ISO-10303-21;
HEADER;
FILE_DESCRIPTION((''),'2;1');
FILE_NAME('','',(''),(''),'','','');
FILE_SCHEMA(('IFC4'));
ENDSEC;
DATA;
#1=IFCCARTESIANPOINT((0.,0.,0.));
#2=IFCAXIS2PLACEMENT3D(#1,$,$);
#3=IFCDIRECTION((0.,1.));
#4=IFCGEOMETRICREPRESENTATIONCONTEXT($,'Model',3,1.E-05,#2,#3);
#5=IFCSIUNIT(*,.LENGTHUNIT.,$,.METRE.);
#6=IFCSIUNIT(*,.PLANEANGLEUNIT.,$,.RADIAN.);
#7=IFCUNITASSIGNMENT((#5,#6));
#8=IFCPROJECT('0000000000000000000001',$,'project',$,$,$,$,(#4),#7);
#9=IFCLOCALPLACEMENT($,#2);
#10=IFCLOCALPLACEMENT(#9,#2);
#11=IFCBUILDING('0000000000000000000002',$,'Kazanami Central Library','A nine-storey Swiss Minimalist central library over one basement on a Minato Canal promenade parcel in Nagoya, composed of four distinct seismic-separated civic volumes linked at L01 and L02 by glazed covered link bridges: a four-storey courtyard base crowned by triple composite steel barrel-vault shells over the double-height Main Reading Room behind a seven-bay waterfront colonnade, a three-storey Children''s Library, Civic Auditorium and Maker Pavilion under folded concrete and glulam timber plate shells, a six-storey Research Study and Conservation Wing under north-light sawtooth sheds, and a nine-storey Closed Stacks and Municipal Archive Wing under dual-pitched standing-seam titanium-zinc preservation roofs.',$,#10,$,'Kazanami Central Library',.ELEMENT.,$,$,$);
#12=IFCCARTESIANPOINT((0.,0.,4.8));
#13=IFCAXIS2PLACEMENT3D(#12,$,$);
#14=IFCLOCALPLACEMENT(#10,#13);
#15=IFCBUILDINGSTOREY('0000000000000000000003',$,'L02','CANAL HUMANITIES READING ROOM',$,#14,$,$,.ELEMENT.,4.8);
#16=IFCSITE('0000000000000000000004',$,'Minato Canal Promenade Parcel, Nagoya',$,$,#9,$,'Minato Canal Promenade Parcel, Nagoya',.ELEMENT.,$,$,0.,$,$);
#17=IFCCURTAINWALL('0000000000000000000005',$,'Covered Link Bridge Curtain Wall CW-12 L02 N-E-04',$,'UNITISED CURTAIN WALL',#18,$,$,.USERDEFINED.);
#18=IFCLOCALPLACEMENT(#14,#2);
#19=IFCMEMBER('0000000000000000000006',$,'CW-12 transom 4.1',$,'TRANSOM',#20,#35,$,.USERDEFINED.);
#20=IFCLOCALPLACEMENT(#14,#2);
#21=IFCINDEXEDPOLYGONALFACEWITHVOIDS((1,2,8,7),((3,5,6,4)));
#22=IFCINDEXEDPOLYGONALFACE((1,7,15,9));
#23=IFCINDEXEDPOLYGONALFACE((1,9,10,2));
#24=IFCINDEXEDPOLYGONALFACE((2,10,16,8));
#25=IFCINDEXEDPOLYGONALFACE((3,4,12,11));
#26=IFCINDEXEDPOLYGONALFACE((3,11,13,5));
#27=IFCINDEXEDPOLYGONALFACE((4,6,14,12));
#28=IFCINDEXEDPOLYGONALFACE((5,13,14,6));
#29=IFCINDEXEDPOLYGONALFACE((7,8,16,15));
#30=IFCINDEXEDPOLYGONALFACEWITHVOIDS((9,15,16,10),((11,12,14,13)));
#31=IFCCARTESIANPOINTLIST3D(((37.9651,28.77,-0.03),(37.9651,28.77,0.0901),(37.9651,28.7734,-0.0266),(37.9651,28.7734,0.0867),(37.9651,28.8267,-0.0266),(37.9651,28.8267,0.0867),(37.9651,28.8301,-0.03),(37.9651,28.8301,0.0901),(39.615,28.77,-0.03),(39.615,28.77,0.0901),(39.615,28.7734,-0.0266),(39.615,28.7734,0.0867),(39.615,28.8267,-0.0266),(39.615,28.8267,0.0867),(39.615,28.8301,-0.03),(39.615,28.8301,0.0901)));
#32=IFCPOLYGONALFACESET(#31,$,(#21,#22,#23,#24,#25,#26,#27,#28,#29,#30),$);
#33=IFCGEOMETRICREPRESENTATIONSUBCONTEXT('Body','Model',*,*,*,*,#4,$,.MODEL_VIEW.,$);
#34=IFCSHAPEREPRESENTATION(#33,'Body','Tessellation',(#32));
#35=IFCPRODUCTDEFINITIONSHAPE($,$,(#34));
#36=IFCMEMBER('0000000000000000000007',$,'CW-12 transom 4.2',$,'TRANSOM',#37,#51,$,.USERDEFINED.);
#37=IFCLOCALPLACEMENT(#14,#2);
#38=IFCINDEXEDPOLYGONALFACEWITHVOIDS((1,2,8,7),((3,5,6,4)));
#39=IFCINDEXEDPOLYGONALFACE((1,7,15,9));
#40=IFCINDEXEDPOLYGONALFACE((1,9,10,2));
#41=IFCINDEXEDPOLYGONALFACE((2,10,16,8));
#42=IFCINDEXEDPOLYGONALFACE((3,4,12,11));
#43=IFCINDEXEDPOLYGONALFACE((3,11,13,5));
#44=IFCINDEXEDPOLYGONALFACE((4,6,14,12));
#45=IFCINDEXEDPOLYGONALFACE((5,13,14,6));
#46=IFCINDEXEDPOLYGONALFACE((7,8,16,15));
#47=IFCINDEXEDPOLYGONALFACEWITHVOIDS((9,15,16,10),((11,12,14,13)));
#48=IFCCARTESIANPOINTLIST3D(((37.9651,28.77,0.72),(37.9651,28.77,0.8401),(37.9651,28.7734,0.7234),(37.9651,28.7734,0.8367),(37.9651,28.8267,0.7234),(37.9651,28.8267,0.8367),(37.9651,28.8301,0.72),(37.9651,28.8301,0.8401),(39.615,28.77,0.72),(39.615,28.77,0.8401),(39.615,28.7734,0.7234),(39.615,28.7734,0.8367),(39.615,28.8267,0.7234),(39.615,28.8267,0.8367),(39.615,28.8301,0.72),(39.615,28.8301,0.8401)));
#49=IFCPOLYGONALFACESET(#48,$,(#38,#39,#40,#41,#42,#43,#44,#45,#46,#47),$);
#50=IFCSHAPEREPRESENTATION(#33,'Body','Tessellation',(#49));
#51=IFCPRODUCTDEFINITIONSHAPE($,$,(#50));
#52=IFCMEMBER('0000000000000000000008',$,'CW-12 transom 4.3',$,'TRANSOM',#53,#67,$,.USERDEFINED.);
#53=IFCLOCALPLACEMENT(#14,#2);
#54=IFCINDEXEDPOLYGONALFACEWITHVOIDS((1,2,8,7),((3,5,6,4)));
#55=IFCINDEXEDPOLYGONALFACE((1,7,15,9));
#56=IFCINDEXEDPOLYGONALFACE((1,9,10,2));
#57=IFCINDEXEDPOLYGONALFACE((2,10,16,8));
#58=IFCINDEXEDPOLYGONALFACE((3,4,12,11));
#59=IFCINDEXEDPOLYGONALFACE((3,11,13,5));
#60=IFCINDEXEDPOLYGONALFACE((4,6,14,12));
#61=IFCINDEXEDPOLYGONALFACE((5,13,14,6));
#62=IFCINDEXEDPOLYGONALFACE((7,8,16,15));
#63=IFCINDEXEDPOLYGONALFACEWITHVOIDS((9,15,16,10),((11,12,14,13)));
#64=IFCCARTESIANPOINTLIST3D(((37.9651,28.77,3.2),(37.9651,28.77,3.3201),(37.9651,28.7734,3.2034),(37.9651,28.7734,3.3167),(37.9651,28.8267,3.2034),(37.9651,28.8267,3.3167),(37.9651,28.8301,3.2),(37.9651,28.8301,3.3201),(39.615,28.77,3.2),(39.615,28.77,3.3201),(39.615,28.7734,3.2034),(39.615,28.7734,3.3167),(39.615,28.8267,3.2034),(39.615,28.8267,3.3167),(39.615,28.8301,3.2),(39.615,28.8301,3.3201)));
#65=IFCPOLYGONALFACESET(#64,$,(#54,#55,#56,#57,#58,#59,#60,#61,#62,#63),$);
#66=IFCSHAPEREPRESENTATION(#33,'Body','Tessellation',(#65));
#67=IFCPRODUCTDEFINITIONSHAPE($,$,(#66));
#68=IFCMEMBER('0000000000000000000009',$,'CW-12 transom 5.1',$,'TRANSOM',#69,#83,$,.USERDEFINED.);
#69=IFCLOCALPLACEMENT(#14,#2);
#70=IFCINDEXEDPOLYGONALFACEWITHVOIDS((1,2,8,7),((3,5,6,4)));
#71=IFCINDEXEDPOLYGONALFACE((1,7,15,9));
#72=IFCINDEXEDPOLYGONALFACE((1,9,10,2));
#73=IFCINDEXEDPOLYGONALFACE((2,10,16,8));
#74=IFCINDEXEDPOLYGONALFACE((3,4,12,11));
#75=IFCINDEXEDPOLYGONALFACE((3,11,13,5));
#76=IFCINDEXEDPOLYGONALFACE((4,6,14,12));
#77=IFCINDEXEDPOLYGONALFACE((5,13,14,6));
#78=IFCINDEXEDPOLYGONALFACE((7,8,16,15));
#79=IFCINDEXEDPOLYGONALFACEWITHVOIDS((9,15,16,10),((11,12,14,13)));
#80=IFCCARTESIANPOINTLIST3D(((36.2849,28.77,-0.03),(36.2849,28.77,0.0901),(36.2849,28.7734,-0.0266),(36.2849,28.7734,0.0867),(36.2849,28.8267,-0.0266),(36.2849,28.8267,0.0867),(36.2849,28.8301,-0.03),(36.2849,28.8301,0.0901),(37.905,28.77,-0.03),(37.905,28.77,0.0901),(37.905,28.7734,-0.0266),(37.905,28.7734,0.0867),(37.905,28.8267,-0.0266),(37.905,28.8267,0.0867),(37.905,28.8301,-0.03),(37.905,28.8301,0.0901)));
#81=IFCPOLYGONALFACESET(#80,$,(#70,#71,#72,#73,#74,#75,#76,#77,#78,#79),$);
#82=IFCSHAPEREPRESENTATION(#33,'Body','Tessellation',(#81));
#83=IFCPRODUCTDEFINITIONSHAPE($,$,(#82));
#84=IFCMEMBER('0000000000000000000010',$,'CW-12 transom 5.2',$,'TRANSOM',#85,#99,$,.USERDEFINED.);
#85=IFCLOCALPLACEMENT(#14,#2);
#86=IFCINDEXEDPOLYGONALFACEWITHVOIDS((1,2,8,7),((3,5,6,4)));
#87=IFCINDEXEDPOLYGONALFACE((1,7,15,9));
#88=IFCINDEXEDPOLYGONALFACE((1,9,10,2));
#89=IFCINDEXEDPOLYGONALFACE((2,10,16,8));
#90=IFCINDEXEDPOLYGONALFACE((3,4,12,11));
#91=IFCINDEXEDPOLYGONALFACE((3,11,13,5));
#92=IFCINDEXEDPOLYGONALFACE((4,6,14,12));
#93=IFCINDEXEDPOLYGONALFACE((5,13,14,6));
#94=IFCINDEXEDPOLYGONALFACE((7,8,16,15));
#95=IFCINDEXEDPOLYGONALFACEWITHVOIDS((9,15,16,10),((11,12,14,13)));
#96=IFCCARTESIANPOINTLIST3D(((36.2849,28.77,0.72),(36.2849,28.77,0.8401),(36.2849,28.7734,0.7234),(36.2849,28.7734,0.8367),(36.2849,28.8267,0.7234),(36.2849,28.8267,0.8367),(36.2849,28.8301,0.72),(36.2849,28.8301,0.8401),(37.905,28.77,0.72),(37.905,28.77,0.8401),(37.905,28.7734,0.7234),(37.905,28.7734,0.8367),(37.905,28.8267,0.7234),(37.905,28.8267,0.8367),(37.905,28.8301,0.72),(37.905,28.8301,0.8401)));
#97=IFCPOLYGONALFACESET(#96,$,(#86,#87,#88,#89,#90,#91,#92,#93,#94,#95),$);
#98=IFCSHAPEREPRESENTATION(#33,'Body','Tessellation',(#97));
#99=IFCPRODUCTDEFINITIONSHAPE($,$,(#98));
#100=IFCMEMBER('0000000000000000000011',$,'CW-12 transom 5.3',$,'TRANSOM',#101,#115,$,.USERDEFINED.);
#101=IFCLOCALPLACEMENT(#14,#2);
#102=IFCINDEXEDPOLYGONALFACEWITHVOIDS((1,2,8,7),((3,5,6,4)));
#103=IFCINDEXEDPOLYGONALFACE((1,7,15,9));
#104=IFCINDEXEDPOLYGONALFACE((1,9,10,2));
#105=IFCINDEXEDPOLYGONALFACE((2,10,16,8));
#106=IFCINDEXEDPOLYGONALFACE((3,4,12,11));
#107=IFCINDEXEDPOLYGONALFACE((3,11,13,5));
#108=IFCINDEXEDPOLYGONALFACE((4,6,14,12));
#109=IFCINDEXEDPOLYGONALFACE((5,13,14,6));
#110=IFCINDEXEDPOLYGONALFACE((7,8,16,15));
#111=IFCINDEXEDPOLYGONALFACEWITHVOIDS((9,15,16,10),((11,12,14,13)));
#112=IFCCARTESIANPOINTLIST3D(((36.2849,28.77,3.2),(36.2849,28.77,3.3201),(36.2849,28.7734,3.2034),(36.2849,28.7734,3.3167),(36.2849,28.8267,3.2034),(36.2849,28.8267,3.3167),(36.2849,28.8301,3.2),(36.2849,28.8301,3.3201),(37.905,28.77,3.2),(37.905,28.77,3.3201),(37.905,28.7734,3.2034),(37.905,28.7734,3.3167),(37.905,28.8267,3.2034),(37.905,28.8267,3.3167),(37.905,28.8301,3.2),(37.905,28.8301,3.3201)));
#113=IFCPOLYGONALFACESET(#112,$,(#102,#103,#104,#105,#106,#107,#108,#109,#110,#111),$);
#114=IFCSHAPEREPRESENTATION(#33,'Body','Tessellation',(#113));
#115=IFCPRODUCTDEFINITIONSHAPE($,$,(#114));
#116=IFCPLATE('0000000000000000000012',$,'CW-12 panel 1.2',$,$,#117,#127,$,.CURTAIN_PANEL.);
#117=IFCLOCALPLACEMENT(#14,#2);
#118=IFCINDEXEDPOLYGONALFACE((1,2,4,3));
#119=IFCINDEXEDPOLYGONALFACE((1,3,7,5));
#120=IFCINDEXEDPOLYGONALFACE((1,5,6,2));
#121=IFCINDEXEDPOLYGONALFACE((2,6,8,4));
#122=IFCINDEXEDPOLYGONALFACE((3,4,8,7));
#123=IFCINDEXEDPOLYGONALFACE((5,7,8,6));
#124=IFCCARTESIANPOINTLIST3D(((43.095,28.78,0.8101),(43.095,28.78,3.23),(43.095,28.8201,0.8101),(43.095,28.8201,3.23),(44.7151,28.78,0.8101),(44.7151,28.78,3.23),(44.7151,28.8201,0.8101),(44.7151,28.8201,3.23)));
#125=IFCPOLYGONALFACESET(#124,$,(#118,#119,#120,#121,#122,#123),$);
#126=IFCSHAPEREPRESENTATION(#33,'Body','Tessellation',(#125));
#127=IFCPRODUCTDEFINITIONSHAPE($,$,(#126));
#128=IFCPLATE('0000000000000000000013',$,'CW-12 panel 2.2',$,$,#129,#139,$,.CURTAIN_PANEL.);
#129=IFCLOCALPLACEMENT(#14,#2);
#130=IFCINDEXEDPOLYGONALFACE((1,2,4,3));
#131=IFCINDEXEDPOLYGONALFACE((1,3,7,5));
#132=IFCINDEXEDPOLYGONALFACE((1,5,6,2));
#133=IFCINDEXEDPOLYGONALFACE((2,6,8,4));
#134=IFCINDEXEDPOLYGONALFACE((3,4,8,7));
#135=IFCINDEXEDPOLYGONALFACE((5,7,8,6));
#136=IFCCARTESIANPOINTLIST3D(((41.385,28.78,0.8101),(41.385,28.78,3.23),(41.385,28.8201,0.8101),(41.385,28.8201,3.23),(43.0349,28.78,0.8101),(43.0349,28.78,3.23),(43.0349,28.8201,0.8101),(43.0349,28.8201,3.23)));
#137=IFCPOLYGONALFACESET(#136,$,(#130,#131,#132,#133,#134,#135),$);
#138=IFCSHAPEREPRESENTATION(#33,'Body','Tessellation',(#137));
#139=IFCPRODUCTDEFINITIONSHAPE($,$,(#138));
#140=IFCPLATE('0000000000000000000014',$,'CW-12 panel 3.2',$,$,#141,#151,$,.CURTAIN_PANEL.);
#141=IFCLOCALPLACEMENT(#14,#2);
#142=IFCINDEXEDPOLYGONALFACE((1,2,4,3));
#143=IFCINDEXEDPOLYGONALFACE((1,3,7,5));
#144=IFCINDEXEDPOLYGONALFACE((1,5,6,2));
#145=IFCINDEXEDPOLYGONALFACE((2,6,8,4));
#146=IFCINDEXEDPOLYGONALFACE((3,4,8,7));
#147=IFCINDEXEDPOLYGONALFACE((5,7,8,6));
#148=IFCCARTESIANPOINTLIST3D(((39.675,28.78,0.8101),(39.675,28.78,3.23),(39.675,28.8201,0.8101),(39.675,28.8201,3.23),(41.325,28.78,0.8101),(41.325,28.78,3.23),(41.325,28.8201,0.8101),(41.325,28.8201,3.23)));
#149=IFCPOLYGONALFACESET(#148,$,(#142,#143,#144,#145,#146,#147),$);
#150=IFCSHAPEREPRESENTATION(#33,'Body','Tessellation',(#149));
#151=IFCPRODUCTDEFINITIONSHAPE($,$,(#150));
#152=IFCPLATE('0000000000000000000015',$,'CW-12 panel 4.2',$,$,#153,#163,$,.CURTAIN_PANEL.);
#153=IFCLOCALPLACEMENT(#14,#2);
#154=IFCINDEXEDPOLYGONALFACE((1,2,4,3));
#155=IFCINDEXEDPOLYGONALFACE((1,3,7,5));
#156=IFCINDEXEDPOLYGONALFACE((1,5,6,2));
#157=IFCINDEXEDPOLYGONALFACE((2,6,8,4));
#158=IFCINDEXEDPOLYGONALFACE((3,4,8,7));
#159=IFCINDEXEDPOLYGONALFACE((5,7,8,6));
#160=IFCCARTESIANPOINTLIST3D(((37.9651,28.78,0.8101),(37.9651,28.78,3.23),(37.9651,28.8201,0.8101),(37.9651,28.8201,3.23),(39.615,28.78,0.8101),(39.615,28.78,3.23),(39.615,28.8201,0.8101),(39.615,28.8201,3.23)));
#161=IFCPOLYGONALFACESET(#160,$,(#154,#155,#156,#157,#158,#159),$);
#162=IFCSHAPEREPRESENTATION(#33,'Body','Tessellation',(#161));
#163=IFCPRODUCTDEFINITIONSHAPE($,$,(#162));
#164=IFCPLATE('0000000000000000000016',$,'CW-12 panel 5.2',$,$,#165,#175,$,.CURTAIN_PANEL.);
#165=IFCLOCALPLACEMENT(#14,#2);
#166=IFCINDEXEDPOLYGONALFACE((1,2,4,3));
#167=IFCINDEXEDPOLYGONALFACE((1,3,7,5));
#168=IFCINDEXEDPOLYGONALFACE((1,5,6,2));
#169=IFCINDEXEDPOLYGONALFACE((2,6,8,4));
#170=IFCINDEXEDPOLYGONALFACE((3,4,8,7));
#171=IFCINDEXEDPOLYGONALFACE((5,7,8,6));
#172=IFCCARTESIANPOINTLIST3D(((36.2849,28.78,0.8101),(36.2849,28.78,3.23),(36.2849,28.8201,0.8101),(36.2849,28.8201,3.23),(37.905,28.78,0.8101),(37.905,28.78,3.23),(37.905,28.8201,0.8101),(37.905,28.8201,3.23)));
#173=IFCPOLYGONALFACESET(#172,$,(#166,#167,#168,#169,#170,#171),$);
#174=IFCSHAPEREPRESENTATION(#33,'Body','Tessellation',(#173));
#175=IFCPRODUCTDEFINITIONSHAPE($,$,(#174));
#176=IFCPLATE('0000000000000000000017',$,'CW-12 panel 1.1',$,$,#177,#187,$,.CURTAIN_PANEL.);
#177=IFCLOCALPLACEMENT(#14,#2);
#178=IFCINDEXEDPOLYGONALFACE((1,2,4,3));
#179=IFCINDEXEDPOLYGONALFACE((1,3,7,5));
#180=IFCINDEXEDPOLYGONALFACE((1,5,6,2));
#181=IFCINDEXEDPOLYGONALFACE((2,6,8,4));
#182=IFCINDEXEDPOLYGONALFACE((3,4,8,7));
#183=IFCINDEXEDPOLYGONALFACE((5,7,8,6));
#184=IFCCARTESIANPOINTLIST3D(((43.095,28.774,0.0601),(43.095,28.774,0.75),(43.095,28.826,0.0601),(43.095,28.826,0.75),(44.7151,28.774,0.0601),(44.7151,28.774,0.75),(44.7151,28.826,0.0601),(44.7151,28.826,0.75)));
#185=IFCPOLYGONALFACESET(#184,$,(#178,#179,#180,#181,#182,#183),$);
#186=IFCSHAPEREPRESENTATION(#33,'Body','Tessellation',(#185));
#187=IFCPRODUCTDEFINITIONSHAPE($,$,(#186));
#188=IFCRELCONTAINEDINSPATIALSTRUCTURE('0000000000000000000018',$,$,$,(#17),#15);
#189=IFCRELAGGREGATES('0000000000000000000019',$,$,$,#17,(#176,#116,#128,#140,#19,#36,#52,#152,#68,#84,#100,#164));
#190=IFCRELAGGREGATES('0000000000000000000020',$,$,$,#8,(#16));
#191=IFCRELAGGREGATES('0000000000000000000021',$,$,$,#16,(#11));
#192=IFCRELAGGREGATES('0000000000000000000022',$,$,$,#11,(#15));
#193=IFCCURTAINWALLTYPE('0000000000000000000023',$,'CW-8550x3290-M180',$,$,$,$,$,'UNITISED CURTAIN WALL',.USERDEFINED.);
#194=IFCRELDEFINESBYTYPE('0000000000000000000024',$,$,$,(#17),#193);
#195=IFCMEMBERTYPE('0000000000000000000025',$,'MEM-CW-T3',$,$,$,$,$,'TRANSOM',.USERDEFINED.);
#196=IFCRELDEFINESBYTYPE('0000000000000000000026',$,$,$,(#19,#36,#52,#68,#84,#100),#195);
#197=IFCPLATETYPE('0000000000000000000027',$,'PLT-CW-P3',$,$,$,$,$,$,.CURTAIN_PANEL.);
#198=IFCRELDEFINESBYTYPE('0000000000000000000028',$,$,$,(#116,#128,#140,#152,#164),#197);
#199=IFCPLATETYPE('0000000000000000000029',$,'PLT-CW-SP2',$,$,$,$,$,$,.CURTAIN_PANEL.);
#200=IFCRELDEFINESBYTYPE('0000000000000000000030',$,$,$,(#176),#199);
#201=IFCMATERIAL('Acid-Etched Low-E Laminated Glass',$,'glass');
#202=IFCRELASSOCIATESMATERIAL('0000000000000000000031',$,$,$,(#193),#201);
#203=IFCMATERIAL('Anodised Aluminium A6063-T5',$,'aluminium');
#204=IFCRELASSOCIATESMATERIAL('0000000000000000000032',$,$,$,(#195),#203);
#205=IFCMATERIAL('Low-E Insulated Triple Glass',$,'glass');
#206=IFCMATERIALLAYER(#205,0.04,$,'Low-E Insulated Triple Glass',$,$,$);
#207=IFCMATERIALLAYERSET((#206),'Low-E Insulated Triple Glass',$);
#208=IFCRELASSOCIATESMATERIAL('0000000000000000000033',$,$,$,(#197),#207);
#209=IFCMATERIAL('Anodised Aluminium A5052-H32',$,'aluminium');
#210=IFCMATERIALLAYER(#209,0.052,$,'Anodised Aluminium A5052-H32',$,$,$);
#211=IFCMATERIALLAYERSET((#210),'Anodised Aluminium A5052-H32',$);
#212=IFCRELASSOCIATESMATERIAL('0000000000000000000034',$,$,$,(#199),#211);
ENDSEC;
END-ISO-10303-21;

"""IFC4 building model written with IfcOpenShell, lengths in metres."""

from ifc_helpers import new_model, si_unit, direction, frame, origin, origin_2d, place, context, subcontext, project, spatial, rectangle, hollow_rectangle, extrude, material, layer, layer_set, material_profile, profile_set, type_object, element, aggregate, save


model = new_model("IFC4")

# Units and contexts
model_context = context("Model", 3, precision=1e-05, world=origin(), true_north=direction((0.0, 1.0)))
body_context = subcontext(model_context, "Body", "Model", "MODEL_VIEW")
ifc_project = project(units=[si_unit("LENGTHUNIT", "METRE"), si_unit("PLANEANGLEUNIT", "RADIAN")], contexts=[model_context])

# Site, building, storey
site_placement = place(None, origin())
site = spatial("IfcSite", under=ifc_project, at=site_placement, Name="Minato Canal Promenade Parcel, Nagoya", LongName="Minato Canal Promenade Parcel, Nagoya", CompositionType="ELEMENT", RefElevation=0.0)
building_placement = place(site_placement, origin())
building = spatial("IfcBuilding", under=site, at=building_placement, Name="Kazanami Central Library", Description="A nine-storey Swiss Minimalist central library over one basement on a Minato Canal promenade parcel in Nagoya, composed of four distinct seismic-separated civic volumes linked at L01 and L02 by glazed covered link bridges: a four-storey courtyard base crowned by triple composite steel barrel-vault shells over the double-height Main Reading Room behind a seven-bay waterfront colonnade, a three-storey Children's Library, Civic Auditorium and Maker Pavilion under folded concrete and glulam timber plate shells, a six-storey Research Study and Conservation Wing under north-light sawtooth sheds, and a nine-storey Closed Stacks and Municipal Archive Wing under dual-pitched standing-seam titanium-zinc preservation roofs.", LongName="Kazanami Central Library", CompositionType="ELEMENT")
storey_placement = place(building_placement, frame((0.0, 0.0, 4.8)))
storey = spatial("IfcBuildingStorey", under=building, at=storey_placement, Name="L02", Description="CANAL HUMANITIES READING ROOM", CompositionType="ELEMENT", Elevation=4.8)

# Curtain wall
ifc_material_1 = material(Name="Acid-Etched Low-E Laminated Glass", Category="glass")
curtain_wall_type_1 = type_object("IfcCurtainWallType", Name="CW-8550x3290-M180", ElementType="UNITISED CURTAIN WALL", PredefinedType="USERDEFINED", material=ifc_material_1)
curtain_wall_1_placement = place(storey_placement, origin())
curtain_wall_1 = element("IfcCurtainWall", 1, at=curtain_wall_1_placement, inside=storey, type_object=curtain_wall_type_1, Name="Covered Link Bridge Curtain Wall CW-12 L02 N-E-04", ObjectType="UNITISED CURTAIN WALL", PredefinedType="USERDEFINED")
ifc_material_2 = material(Name="Anodised Aluminium A6063-T5", Category="aluminium")

# Members
ifc_material_profile_1 = material_profile(ifc_material_2, hollow_rectangle(XDim=0.0601, YDim=0.1201, WallThickness=0.0034, at=origin_2d()), Name="ALU-TRAN-60x120x3.5")
ifc_profile_set_1 = profile_set([ifc_material_profile_1], Name="Anodised Aluminium A6063-T5")
member_type_1 = type_object("IfcMemberType", Name="MEM-CW-T3", ElementType="TRANSOM", PredefinedType="USERDEFINED", material=ifc_profile_set_1)
member_1_placement = place(storey_placement, frame((39.615, 28.8, 0.03), z_axis=(-1.0, 0.0, 0.0), x_axis=(0.0, -1.0, 0.0)))
member_1 = element("IfcMember", 2, at=member_1_placement, type_object=member_type_1, Name="CW-12 transom 4.1", ObjectType="TRANSOM", PredefinedType="USERDEFINED", context=body_context, shape_type="SweptSolid", body=[
    extrude(hollow_rectangle(XDim=0.0601, YDim=0.1201, WallThickness=0.0034, at=origin_2d()), origin(), (0.0, 0.0, 1.0), 1.6499),
])
member_2_placement = place(storey_placement, frame((39.615, 28.8, 0.78), z_axis=(-1.0, 0.0, 0.0), x_axis=(0.0, -1.0, 0.0)))
member_2 = element("IfcMember", 3, at=member_2_placement, type_object=member_type_1, Name="CW-12 transom 4.2", ObjectType="TRANSOM", PredefinedType="USERDEFINED", context=body_context, shape_type="SweptSolid", body=[
    extrude(hollow_rectangle(XDim=0.0601, YDim=0.1201, WallThickness=0.0034, at=origin_2d()), origin(), (0.0, 0.0, 1.0), 1.6499),
])
member_3_placement = place(storey_placement, frame((39.615, 28.8, 3.26), z_axis=(-1.0, 0.0, 0.0), x_axis=(0.0, -1.0, 0.0)))
member_3 = element("IfcMember", 4, at=member_3_placement, type_object=member_type_1, Name="CW-12 transom 4.3", ObjectType="TRANSOM", PredefinedType="USERDEFINED", context=body_context, shape_type="SweptSolid", body=[
    extrude(hollow_rectangle(XDim=0.0601, YDim=0.1201, WallThickness=0.0034, at=origin_2d()), origin(), (0.0, 0.0, 1.0), 1.6499),
])
member_4_placement = place(storey_placement, frame((37.905, 28.8, 0.03), z_axis=(-1.0, 0.0, 0.0), x_axis=(0.0, -1.0, 0.0)))
member_4 = element("IfcMember", 5, at=member_4_placement, type_object=member_type_1, Name="CW-12 transom 5.1", ObjectType="TRANSOM", PredefinedType="USERDEFINED", context=body_context, shape_type="SweptSolid", body=[
    extrude(hollow_rectangle(XDim=0.0601, YDim=0.1201, WallThickness=0.0034, at=origin_2d()), origin(), (0.0, 0.0, 1.0), 1.6201),
])
member_5_placement = place(storey_placement, frame((37.905, 28.8, 0.78), z_axis=(-1.0, 0.0, 0.0), x_axis=(0.0, -1.0, 0.0)))
member_5 = element("IfcMember", 6, at=member_5_placement, type_object=member_type_1, Name="CW-12 transom 5.2", ObjectType="TRANSOM", PredefinedType="USERDEFINED", context=body_context, shape_type="SweptSolid", body=[
    extrude(hollow_rectangle(XDim=0.0601, YDim=0.1201, WallThickness=0.0034, at=origin_2d()), origin(), (0.0, 0.0, 1.0), 1.6201),
])
member_6_placement = place(storey_placement, frame((37.905, 28.8, 3.26), z_axis=(-1.0, 0.0, 0.0), x_axis=(0.0, -1.0, 0.0)))
member_6 = element("IfcMember", 7, at=member_6_placement, type_object=member_type_1, Name="CW-12 transom 5.3", ObjectType="TRANSOM", PredefinedType="USERDEFINED", context=body_context, shape_type="SweptSolid", body=[
    extrude(hollow_rectangle(XDim=0.0601, YDim=0.1201, WallThickness=0.0034, at=origin_2d()), origin(), (0.0, 0.0, 1.0), 1.6201),
])

# Plates
ifc_material_3 = material(Name="Low-E Insulated Triple Glass", Category="glass")
ifc_layer_1 = layer(ifc_material_3, 0.04, Name="Low-E Insulated Triple Glass")
ifc_layer_set_1 = layer_set([ifc_layer_1], Name="Low-E Insulated Triple Glass")
plate_type_1 = type_object("IfcPlateType", Name="PLT-CW-P3", PredefinedType="CURTAIN_PANEL", material=ifc_layer_set_1)
plate_1_placement = place(storey_placement, frame((43.905, 28.8, 0.8101), z_axis=(0.0, 0.0, 1.0), x_axis=(-1.0, 0.0, 0.0)))
plate_1 = element("IfcPlate", 8, at=plate_1_placement, type_object=plate_type_1, Name="CW-12 panel 1.2", PredefinedType="CURTAIN_PANEL", context=body_context, shape_type="SweptSolid", body=[
    extrude(rectangle(XDim=1.6201, YDim=0.04, at=origin_2d()), origin(), (0.0, 0.0, 1.0), 2.4199),
])
plate_2_placement = place(storey_placement, frame((42.21, 28.8, 0.8101), z_axis=(0.0, 0.0, 1.0), x_axis=(-1.0, 0.0, 0.0)))
plate_2 = element("IfcPlate", 9, at=plate_2_placement, type_object=plate_type_1, Name="CW-12 panel 2.2", PredefinedType="CURTAIN_PANEL", context=body_context, shape_type="SweptSolid", body=[
    extrude(rectangle(XDim=1.6499, YDim=0.04, at=origin_2d()), origin(), (0.0, 0.0, 1.0), 2.4199),
])
plate_3_placement = place(storey_placement, frame((40.5, 28.8, 0.8101), z_axis=(0.0, 0.0, 1.0), x_axis=(-1.0, 0.0, 0.0)))
plate_3 = element("IfcPlate", 10, at=plate_3_placement, type_object=plate_type_1, Name="CW-12 panel 3.2", PredefinedType="CURTAIN_PANEL", context=body_context, shape_type="SweptSolid", body=[
    extrude(rectangle(XDim=1.6499, YDim=0.04, at=origin_2d()), origin(), (0.0, 0.0, 1.0), 2.4199),
])
plate_4_placement = place(storey_placement, frame((38.79, 28.8, 0.8101), z_axis=(0.0, 0.0, 1.0), x_axis=(-1.0, 0.0, 0.0)))
plate_4 = element("IfcPlate", 11, at=plate_4_placement, type_object=plate_type_1, Name="CW-12 panel 4.2", PredefinedType="CURTAIN_PANEL", context=body_context, shape_type="SweptSolid", body=[
    extrude(rectangle(XDim=1.6499, YDim=0.04, at=origin_2d()), origin(), (0.0, 0.0, 1.0), 2.4199),
])
plate_5_placement = place(storey_placement, frame((37.095, 28.8, 0.8101), z_axis=(0.0, 0.0, 1.0), x_axis=(-1.0, 0.0, 0.0)))
plate_5 = element("IfcPlate", 12, at=plate_5_placement, type_object=plate_type_1, Name="CW-12 panel 5.2", PredefinedType="CURTAIN_PANEL", context=body_context, shape_type="SweptSolid", body=[
    extrude(rectangle(XDim=1.6201, YDim=0.04, at=origin_2d()), origin(), (0.0, 0.0, 1.0), 2.4199),
])
ifc_material_4 = material(Name="Anodised Aluminium A5052-H32", Category="aluminium")
ifc_layer_2 = layer(ifc_material_4, 0.052, Name="Anodised Aluminium A5052-H32")
ifc_layer_set_2 = layer_set([ifc_layer_2], Name="Anodised Aluminium A5052-H32")
plate_type_2 = type_object("IfcPlateType", Name="PLT-CW-SP2", PredefinedType="CURTAIN_PANEL", material=ifc_layer_set_2)
plate_6_placement = place(storey_placement, frame((43.905, 28.8, 0.0601), z_axis=(0.0, 0.0, 1.0), x_axis=(-1.0, 0.0, 0.0)))
plate_6 = element("IfcPlate", 13, at=plate_6_placement, type_object=plate_type_2, Name="CW-12 panel 1.1", PredefinedType="CURTAIN_PANEL", context=body_context, shape_type="SweptSolid", body=[
    extrude(rectangle(XDim=1.6201, YDim=0.052, at=origin_2d()), origin(), (0.0, 0.0, 1.0), 0.6899),
])
aggregate(curtain_wall_1, [plate_6, plate_1, plate_2, plate_3, member_1, member_2, member_3, plate_4, member_4, member_5, member_6, plate_5])

save(model, "model.ifc")
